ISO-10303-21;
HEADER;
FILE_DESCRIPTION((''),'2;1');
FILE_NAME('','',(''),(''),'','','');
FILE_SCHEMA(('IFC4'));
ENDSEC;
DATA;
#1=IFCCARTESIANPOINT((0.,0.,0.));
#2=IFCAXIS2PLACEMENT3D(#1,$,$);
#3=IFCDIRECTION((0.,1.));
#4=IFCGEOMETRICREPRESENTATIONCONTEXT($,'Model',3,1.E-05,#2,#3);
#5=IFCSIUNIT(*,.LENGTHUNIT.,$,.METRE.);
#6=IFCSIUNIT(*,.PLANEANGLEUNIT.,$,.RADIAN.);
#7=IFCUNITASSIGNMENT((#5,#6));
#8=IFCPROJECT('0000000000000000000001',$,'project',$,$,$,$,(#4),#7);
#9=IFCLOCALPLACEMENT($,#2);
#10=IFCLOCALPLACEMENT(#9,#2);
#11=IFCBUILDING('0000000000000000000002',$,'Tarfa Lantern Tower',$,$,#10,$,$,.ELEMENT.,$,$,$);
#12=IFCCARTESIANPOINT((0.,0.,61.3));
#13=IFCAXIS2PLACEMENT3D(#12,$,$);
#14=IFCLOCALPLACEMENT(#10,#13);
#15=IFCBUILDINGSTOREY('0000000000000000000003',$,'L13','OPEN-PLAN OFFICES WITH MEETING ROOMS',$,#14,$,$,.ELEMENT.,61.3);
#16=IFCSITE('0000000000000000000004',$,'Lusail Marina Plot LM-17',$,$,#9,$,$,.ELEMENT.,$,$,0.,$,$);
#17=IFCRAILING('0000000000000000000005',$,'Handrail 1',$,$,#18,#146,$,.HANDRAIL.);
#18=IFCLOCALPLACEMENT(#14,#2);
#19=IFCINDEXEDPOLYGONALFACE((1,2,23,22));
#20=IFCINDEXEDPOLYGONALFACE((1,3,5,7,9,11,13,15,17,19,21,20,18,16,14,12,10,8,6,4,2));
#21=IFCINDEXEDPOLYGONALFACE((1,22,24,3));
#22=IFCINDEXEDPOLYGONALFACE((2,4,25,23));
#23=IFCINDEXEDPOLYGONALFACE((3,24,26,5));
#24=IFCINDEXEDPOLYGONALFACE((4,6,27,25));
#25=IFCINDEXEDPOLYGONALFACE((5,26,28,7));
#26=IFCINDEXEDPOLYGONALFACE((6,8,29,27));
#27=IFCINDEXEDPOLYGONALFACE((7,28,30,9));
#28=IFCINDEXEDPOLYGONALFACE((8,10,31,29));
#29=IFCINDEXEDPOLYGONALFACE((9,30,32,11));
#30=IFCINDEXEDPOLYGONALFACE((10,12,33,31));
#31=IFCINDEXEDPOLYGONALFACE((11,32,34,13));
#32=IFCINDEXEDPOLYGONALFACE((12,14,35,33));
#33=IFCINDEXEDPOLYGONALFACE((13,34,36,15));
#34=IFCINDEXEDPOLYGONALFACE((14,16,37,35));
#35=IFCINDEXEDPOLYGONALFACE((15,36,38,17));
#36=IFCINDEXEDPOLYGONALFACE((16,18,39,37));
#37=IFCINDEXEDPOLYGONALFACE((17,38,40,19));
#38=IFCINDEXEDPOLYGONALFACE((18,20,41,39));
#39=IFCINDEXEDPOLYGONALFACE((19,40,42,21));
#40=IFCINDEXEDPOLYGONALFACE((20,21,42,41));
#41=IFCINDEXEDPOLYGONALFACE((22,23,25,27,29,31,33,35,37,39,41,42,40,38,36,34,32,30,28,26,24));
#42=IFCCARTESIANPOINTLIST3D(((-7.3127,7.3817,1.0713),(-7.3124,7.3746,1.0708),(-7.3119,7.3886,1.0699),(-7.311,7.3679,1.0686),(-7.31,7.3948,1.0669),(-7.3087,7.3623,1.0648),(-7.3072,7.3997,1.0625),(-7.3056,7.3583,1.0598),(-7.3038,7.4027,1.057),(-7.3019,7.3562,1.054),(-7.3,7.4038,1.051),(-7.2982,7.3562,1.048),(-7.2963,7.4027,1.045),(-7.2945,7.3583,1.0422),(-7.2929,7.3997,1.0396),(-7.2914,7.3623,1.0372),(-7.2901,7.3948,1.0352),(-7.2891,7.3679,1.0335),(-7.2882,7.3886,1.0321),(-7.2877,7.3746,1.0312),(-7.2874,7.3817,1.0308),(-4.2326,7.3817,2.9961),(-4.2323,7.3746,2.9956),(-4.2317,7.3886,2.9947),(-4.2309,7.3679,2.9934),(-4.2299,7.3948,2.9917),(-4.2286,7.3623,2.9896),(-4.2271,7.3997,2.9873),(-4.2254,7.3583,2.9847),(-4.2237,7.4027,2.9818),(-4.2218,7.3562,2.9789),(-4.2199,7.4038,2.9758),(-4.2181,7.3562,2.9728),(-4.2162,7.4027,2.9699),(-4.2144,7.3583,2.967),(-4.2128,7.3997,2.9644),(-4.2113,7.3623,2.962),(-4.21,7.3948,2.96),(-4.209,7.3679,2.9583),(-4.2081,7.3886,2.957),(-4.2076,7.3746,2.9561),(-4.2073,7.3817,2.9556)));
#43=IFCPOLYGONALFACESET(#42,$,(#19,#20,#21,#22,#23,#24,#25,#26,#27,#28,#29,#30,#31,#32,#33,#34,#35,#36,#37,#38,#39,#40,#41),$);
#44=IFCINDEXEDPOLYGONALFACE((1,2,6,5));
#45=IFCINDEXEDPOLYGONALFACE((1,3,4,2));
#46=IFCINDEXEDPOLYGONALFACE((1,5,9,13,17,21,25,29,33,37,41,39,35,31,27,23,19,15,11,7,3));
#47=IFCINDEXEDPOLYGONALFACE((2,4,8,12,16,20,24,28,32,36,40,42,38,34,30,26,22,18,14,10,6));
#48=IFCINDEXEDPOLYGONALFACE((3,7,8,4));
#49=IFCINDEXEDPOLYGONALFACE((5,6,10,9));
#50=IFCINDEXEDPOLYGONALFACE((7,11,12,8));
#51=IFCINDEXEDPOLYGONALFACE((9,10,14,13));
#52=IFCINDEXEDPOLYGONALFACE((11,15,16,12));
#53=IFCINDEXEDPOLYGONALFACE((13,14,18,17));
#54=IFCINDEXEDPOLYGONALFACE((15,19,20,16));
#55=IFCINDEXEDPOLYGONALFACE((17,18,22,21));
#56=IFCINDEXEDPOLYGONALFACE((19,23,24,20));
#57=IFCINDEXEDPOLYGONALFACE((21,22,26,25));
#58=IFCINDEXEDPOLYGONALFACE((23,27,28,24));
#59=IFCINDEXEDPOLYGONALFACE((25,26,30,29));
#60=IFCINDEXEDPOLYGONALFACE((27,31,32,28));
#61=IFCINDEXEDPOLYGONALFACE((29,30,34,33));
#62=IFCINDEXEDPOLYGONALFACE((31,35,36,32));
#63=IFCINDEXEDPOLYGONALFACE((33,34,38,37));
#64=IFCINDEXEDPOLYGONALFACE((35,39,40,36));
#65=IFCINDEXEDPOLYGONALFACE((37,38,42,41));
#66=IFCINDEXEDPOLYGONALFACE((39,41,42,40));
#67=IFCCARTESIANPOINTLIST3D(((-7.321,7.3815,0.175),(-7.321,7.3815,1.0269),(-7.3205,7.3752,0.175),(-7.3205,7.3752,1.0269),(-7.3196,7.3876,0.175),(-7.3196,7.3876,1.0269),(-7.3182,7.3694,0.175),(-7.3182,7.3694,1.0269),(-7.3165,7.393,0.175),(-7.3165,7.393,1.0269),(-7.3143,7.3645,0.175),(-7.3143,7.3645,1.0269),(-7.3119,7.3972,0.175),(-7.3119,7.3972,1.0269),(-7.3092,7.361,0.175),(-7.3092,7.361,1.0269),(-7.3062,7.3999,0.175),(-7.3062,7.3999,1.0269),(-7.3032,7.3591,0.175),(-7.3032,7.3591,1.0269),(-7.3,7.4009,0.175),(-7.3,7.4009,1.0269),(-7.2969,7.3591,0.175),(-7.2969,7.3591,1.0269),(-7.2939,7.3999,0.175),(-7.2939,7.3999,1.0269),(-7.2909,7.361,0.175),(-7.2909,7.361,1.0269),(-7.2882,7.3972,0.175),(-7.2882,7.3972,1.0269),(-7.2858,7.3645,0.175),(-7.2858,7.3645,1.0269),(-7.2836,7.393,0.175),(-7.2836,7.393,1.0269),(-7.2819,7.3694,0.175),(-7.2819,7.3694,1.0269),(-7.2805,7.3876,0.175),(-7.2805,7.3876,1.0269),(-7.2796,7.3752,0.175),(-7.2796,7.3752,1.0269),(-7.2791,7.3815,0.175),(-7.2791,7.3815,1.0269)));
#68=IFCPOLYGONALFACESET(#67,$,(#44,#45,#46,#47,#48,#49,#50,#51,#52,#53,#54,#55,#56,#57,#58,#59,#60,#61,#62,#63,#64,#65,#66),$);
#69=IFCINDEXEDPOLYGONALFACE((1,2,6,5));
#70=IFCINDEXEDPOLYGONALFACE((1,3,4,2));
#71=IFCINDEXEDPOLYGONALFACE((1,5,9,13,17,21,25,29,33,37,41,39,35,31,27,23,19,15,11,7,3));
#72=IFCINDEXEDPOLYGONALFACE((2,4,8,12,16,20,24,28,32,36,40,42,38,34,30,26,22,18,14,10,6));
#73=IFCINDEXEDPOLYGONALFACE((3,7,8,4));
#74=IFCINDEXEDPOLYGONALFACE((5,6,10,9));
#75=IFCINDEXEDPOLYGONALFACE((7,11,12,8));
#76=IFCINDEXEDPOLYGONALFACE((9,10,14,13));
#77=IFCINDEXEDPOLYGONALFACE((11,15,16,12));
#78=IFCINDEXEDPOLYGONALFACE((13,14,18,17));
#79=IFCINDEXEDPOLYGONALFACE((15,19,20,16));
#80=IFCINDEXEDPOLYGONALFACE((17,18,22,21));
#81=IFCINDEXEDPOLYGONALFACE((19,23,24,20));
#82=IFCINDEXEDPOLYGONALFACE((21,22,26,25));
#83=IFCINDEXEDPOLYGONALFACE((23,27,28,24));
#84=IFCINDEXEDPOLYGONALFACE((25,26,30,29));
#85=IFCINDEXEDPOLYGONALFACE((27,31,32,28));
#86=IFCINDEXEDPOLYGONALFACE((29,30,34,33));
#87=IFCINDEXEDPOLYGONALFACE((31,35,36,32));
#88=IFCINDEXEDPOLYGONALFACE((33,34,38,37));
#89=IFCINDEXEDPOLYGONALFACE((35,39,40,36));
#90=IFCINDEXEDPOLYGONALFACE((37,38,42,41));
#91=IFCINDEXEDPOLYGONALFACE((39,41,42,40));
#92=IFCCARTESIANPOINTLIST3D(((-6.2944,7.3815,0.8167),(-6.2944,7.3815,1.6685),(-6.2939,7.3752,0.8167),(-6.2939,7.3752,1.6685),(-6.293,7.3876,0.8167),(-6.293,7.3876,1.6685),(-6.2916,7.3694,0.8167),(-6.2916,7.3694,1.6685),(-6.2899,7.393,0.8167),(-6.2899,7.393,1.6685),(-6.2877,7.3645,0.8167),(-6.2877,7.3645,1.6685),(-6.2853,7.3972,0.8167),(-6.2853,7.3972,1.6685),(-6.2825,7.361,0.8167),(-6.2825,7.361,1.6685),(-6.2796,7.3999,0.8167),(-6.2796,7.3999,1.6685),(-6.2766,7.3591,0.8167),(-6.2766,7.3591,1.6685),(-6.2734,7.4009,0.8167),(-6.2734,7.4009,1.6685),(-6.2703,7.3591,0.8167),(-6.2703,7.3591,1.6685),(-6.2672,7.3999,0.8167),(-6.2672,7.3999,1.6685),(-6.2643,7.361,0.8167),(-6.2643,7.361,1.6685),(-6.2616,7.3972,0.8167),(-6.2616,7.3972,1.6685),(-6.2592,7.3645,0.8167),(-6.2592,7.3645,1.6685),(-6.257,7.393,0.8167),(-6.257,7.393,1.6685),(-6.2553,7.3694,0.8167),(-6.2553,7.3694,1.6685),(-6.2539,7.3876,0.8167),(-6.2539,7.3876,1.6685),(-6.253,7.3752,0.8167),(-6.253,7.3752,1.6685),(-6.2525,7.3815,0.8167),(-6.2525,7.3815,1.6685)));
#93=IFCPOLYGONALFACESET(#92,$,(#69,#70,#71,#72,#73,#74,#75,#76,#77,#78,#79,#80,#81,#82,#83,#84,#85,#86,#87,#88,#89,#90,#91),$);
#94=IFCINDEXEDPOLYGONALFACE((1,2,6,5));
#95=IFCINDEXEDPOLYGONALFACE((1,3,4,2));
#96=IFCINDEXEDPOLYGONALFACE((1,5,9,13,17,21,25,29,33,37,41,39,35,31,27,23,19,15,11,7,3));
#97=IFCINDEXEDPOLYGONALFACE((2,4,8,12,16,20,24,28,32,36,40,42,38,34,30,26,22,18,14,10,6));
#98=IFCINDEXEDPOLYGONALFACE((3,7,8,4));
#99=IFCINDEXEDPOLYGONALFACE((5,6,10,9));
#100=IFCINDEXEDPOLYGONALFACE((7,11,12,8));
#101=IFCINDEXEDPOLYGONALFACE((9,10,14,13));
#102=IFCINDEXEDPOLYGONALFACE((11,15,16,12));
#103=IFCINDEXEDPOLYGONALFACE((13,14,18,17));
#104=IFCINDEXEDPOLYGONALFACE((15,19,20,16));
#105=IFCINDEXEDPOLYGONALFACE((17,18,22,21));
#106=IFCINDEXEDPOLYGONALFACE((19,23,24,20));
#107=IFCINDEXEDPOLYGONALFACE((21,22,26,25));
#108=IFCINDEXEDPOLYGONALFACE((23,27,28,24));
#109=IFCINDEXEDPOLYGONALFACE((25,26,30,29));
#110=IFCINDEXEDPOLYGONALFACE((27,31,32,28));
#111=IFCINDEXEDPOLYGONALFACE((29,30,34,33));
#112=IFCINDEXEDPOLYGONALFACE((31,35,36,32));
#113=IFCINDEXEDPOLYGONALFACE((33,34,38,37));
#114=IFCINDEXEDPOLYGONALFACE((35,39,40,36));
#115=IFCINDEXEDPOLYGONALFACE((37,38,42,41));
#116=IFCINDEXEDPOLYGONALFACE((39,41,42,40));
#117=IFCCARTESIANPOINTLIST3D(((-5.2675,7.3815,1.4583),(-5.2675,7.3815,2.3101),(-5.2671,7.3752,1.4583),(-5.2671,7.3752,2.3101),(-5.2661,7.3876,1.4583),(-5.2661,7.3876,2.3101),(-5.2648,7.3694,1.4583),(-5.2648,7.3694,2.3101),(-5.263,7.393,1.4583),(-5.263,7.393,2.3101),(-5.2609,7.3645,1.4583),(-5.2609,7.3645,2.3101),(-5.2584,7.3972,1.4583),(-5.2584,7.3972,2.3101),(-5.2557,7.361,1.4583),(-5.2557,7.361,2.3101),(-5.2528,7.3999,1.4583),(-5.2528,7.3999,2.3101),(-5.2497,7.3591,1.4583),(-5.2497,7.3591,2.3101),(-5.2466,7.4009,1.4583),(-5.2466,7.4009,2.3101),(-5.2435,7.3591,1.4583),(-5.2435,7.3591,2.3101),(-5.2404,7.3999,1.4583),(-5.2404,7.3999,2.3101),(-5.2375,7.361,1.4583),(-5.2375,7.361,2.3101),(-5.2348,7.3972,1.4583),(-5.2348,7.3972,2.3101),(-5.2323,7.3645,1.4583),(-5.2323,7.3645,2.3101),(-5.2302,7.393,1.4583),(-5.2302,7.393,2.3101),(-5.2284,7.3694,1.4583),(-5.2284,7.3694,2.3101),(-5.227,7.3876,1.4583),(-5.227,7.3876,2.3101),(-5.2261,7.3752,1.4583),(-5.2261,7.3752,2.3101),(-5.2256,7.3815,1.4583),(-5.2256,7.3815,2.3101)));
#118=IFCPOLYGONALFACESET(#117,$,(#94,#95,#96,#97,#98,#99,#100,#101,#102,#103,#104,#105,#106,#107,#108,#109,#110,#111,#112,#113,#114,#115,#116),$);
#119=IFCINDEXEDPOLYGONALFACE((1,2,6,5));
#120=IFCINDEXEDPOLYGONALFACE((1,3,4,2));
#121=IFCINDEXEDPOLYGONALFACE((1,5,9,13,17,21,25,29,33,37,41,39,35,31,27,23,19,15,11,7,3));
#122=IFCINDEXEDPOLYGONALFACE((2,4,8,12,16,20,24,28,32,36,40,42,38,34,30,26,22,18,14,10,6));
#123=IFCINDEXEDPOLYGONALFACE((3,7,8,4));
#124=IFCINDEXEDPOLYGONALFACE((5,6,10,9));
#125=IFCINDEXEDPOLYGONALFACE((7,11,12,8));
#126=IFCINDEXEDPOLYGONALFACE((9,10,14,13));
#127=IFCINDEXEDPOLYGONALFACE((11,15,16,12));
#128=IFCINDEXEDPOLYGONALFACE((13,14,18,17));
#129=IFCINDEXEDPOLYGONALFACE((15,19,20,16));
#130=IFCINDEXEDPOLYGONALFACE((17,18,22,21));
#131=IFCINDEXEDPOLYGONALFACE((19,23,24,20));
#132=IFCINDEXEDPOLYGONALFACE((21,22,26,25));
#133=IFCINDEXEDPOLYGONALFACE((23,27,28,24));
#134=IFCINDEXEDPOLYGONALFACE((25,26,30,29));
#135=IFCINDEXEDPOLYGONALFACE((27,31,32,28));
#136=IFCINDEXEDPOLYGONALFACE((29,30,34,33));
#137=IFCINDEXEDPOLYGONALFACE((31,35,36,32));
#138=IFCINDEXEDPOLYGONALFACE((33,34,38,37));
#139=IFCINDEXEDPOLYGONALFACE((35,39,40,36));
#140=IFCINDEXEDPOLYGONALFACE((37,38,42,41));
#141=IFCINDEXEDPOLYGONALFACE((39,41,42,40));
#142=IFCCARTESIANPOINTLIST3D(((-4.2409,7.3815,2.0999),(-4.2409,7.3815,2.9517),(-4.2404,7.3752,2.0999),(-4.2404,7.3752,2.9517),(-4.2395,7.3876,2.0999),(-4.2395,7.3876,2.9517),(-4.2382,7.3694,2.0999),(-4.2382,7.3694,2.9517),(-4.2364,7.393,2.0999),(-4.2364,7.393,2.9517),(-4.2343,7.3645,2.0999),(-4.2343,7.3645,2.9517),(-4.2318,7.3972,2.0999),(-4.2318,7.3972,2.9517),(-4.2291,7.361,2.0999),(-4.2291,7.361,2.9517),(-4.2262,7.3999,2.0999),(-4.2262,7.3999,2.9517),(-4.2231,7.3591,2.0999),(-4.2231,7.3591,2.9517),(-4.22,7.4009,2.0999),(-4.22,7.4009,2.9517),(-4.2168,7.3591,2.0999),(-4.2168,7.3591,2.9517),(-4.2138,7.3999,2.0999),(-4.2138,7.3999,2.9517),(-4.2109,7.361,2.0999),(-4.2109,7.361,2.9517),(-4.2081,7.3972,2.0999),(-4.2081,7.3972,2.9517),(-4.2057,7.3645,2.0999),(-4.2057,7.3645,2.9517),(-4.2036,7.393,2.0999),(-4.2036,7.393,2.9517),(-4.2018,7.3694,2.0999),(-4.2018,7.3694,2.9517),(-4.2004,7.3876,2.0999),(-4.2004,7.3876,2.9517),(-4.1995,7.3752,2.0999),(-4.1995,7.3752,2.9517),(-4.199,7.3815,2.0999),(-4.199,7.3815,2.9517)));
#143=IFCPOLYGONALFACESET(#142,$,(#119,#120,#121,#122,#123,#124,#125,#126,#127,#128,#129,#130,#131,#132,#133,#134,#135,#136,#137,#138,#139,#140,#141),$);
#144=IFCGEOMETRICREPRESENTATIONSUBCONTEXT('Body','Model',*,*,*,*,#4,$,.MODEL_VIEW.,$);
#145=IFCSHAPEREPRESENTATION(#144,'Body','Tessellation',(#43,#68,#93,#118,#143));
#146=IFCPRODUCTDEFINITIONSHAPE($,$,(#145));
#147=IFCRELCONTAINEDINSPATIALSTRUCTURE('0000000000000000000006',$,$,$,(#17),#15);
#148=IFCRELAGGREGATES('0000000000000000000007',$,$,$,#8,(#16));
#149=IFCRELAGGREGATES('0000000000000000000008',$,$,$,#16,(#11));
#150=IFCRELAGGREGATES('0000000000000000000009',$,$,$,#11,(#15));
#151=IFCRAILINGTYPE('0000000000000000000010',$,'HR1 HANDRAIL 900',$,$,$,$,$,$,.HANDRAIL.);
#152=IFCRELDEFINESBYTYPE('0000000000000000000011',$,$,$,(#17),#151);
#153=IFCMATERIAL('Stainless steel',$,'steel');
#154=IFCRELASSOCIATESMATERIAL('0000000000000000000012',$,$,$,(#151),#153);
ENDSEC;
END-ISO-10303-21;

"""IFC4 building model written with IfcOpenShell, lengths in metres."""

from ifc_helpers import new_model, si_unit, direction, frame, origin, origin_2d, place, context, subcontext, project, spatial, circle, extrude, material, type_object, element, save


model = new_model("IFC4")

# Units and contexts
model_context = context("Model", 3, precision=1e-05, world=origin(), true_north=direction((0.0, 1.0)))
body_context = subcontext(model_context, "Body", "Model", "MODEL_VIEW")
ifc_project = project(units=[si_unit("LENGTHUNIT", "METRE"), si_unit("PLANEANGLEUNIT", "RADIAN")], contexts=[model_context])

# Site, building, storey
site_placement = place(None, origin())
site = spatial("IfcSite", under=ifc_project, at=site_placement, Name="Lusail Marina Plot LM-17", CompositionType="ELEMENT", RefElevation=0.0)
building_placement = place(site_placement, origin())
building = spatial("IfcBuilding", under=site, at=building_placement, Name="Tarfa Lantern Tower", CompositionType="ELEMENT")
storey_placement = place(building_placement, frame((0.0, 0.0, 61.3)))
storey = spatial("IfcBuildingStorey", under=building, at=storey_placement, Name="L13", Description="OPEN-PLAN OFFICES WITH MEETING ROOMS", CompositionType="ELEMENT", Elevation=61.3)

# Railing
ifc_material_1 = material(Name="Stainless steel", Category="steel")
railing_type = type_object("IfcRailingType", Name="HR1 HANDRAIL 900", PredefinedType="HANDRAIL", material=ifc_material_1)
railing_1_placement = place(storey_placement, frame((-7.3, 7.3799, 0.175)))
element("IfcRailing", 1, at=railing_1_placement, inside=storey, type_object=railing_type, Name="Handrail 1", PredefinedType="HANDRAIL", context=body_context, shape_type="SweptSolid", body=[
    extrude(circle(Radius=0.0239, at=origin_2d()), frame((0.0, 0.0, 0.876), z_axis=(0.848029, 0.0, 0.529951), x_axis=(0.0, 1.0, 0.0)), (0.0, 0.0, 1.0), 3.6321),
    extrude(circle(Radius=0.021, at=origin_2d()), frame((0.0, 0.0, 0.0), z_axis=(0.0, 0.0, 1.0), x_axis=(0.0, 1.0, 0.0)), (0.0, 0.0, 1.0), 0.8518),
    extrude(circle(Radius=0.021, at=origin_2d()), frame((1.0266, 0.0, 0.6416), z_axis=(0.0, 0.0, 1.0), x_axis=(0.0, 1.0, 0.0)), (0.0, 0.0, 1.0), 0.8518),
    extrude(circle(Radius=0.021, at=origin_2d()), frame((2.0535, 0.0, 1.2832), z_axis=(0.0, 0.0, 1.0), x_axis=(0.0, 1.0, 0.0)), (0.0, 0.0, 1.0), 0.8518),
    extrude(circle(Radius=0.021, at=origin_2d()), frame((3.0801, 0.0, 1.9248), z_axis=(0.0, 0.0, 1.0), x_axis=(0.0, 1.0, 0.0)), (0.0, 0.0, 1.0), 0.8518),
])

save(model, "model.ifc")
